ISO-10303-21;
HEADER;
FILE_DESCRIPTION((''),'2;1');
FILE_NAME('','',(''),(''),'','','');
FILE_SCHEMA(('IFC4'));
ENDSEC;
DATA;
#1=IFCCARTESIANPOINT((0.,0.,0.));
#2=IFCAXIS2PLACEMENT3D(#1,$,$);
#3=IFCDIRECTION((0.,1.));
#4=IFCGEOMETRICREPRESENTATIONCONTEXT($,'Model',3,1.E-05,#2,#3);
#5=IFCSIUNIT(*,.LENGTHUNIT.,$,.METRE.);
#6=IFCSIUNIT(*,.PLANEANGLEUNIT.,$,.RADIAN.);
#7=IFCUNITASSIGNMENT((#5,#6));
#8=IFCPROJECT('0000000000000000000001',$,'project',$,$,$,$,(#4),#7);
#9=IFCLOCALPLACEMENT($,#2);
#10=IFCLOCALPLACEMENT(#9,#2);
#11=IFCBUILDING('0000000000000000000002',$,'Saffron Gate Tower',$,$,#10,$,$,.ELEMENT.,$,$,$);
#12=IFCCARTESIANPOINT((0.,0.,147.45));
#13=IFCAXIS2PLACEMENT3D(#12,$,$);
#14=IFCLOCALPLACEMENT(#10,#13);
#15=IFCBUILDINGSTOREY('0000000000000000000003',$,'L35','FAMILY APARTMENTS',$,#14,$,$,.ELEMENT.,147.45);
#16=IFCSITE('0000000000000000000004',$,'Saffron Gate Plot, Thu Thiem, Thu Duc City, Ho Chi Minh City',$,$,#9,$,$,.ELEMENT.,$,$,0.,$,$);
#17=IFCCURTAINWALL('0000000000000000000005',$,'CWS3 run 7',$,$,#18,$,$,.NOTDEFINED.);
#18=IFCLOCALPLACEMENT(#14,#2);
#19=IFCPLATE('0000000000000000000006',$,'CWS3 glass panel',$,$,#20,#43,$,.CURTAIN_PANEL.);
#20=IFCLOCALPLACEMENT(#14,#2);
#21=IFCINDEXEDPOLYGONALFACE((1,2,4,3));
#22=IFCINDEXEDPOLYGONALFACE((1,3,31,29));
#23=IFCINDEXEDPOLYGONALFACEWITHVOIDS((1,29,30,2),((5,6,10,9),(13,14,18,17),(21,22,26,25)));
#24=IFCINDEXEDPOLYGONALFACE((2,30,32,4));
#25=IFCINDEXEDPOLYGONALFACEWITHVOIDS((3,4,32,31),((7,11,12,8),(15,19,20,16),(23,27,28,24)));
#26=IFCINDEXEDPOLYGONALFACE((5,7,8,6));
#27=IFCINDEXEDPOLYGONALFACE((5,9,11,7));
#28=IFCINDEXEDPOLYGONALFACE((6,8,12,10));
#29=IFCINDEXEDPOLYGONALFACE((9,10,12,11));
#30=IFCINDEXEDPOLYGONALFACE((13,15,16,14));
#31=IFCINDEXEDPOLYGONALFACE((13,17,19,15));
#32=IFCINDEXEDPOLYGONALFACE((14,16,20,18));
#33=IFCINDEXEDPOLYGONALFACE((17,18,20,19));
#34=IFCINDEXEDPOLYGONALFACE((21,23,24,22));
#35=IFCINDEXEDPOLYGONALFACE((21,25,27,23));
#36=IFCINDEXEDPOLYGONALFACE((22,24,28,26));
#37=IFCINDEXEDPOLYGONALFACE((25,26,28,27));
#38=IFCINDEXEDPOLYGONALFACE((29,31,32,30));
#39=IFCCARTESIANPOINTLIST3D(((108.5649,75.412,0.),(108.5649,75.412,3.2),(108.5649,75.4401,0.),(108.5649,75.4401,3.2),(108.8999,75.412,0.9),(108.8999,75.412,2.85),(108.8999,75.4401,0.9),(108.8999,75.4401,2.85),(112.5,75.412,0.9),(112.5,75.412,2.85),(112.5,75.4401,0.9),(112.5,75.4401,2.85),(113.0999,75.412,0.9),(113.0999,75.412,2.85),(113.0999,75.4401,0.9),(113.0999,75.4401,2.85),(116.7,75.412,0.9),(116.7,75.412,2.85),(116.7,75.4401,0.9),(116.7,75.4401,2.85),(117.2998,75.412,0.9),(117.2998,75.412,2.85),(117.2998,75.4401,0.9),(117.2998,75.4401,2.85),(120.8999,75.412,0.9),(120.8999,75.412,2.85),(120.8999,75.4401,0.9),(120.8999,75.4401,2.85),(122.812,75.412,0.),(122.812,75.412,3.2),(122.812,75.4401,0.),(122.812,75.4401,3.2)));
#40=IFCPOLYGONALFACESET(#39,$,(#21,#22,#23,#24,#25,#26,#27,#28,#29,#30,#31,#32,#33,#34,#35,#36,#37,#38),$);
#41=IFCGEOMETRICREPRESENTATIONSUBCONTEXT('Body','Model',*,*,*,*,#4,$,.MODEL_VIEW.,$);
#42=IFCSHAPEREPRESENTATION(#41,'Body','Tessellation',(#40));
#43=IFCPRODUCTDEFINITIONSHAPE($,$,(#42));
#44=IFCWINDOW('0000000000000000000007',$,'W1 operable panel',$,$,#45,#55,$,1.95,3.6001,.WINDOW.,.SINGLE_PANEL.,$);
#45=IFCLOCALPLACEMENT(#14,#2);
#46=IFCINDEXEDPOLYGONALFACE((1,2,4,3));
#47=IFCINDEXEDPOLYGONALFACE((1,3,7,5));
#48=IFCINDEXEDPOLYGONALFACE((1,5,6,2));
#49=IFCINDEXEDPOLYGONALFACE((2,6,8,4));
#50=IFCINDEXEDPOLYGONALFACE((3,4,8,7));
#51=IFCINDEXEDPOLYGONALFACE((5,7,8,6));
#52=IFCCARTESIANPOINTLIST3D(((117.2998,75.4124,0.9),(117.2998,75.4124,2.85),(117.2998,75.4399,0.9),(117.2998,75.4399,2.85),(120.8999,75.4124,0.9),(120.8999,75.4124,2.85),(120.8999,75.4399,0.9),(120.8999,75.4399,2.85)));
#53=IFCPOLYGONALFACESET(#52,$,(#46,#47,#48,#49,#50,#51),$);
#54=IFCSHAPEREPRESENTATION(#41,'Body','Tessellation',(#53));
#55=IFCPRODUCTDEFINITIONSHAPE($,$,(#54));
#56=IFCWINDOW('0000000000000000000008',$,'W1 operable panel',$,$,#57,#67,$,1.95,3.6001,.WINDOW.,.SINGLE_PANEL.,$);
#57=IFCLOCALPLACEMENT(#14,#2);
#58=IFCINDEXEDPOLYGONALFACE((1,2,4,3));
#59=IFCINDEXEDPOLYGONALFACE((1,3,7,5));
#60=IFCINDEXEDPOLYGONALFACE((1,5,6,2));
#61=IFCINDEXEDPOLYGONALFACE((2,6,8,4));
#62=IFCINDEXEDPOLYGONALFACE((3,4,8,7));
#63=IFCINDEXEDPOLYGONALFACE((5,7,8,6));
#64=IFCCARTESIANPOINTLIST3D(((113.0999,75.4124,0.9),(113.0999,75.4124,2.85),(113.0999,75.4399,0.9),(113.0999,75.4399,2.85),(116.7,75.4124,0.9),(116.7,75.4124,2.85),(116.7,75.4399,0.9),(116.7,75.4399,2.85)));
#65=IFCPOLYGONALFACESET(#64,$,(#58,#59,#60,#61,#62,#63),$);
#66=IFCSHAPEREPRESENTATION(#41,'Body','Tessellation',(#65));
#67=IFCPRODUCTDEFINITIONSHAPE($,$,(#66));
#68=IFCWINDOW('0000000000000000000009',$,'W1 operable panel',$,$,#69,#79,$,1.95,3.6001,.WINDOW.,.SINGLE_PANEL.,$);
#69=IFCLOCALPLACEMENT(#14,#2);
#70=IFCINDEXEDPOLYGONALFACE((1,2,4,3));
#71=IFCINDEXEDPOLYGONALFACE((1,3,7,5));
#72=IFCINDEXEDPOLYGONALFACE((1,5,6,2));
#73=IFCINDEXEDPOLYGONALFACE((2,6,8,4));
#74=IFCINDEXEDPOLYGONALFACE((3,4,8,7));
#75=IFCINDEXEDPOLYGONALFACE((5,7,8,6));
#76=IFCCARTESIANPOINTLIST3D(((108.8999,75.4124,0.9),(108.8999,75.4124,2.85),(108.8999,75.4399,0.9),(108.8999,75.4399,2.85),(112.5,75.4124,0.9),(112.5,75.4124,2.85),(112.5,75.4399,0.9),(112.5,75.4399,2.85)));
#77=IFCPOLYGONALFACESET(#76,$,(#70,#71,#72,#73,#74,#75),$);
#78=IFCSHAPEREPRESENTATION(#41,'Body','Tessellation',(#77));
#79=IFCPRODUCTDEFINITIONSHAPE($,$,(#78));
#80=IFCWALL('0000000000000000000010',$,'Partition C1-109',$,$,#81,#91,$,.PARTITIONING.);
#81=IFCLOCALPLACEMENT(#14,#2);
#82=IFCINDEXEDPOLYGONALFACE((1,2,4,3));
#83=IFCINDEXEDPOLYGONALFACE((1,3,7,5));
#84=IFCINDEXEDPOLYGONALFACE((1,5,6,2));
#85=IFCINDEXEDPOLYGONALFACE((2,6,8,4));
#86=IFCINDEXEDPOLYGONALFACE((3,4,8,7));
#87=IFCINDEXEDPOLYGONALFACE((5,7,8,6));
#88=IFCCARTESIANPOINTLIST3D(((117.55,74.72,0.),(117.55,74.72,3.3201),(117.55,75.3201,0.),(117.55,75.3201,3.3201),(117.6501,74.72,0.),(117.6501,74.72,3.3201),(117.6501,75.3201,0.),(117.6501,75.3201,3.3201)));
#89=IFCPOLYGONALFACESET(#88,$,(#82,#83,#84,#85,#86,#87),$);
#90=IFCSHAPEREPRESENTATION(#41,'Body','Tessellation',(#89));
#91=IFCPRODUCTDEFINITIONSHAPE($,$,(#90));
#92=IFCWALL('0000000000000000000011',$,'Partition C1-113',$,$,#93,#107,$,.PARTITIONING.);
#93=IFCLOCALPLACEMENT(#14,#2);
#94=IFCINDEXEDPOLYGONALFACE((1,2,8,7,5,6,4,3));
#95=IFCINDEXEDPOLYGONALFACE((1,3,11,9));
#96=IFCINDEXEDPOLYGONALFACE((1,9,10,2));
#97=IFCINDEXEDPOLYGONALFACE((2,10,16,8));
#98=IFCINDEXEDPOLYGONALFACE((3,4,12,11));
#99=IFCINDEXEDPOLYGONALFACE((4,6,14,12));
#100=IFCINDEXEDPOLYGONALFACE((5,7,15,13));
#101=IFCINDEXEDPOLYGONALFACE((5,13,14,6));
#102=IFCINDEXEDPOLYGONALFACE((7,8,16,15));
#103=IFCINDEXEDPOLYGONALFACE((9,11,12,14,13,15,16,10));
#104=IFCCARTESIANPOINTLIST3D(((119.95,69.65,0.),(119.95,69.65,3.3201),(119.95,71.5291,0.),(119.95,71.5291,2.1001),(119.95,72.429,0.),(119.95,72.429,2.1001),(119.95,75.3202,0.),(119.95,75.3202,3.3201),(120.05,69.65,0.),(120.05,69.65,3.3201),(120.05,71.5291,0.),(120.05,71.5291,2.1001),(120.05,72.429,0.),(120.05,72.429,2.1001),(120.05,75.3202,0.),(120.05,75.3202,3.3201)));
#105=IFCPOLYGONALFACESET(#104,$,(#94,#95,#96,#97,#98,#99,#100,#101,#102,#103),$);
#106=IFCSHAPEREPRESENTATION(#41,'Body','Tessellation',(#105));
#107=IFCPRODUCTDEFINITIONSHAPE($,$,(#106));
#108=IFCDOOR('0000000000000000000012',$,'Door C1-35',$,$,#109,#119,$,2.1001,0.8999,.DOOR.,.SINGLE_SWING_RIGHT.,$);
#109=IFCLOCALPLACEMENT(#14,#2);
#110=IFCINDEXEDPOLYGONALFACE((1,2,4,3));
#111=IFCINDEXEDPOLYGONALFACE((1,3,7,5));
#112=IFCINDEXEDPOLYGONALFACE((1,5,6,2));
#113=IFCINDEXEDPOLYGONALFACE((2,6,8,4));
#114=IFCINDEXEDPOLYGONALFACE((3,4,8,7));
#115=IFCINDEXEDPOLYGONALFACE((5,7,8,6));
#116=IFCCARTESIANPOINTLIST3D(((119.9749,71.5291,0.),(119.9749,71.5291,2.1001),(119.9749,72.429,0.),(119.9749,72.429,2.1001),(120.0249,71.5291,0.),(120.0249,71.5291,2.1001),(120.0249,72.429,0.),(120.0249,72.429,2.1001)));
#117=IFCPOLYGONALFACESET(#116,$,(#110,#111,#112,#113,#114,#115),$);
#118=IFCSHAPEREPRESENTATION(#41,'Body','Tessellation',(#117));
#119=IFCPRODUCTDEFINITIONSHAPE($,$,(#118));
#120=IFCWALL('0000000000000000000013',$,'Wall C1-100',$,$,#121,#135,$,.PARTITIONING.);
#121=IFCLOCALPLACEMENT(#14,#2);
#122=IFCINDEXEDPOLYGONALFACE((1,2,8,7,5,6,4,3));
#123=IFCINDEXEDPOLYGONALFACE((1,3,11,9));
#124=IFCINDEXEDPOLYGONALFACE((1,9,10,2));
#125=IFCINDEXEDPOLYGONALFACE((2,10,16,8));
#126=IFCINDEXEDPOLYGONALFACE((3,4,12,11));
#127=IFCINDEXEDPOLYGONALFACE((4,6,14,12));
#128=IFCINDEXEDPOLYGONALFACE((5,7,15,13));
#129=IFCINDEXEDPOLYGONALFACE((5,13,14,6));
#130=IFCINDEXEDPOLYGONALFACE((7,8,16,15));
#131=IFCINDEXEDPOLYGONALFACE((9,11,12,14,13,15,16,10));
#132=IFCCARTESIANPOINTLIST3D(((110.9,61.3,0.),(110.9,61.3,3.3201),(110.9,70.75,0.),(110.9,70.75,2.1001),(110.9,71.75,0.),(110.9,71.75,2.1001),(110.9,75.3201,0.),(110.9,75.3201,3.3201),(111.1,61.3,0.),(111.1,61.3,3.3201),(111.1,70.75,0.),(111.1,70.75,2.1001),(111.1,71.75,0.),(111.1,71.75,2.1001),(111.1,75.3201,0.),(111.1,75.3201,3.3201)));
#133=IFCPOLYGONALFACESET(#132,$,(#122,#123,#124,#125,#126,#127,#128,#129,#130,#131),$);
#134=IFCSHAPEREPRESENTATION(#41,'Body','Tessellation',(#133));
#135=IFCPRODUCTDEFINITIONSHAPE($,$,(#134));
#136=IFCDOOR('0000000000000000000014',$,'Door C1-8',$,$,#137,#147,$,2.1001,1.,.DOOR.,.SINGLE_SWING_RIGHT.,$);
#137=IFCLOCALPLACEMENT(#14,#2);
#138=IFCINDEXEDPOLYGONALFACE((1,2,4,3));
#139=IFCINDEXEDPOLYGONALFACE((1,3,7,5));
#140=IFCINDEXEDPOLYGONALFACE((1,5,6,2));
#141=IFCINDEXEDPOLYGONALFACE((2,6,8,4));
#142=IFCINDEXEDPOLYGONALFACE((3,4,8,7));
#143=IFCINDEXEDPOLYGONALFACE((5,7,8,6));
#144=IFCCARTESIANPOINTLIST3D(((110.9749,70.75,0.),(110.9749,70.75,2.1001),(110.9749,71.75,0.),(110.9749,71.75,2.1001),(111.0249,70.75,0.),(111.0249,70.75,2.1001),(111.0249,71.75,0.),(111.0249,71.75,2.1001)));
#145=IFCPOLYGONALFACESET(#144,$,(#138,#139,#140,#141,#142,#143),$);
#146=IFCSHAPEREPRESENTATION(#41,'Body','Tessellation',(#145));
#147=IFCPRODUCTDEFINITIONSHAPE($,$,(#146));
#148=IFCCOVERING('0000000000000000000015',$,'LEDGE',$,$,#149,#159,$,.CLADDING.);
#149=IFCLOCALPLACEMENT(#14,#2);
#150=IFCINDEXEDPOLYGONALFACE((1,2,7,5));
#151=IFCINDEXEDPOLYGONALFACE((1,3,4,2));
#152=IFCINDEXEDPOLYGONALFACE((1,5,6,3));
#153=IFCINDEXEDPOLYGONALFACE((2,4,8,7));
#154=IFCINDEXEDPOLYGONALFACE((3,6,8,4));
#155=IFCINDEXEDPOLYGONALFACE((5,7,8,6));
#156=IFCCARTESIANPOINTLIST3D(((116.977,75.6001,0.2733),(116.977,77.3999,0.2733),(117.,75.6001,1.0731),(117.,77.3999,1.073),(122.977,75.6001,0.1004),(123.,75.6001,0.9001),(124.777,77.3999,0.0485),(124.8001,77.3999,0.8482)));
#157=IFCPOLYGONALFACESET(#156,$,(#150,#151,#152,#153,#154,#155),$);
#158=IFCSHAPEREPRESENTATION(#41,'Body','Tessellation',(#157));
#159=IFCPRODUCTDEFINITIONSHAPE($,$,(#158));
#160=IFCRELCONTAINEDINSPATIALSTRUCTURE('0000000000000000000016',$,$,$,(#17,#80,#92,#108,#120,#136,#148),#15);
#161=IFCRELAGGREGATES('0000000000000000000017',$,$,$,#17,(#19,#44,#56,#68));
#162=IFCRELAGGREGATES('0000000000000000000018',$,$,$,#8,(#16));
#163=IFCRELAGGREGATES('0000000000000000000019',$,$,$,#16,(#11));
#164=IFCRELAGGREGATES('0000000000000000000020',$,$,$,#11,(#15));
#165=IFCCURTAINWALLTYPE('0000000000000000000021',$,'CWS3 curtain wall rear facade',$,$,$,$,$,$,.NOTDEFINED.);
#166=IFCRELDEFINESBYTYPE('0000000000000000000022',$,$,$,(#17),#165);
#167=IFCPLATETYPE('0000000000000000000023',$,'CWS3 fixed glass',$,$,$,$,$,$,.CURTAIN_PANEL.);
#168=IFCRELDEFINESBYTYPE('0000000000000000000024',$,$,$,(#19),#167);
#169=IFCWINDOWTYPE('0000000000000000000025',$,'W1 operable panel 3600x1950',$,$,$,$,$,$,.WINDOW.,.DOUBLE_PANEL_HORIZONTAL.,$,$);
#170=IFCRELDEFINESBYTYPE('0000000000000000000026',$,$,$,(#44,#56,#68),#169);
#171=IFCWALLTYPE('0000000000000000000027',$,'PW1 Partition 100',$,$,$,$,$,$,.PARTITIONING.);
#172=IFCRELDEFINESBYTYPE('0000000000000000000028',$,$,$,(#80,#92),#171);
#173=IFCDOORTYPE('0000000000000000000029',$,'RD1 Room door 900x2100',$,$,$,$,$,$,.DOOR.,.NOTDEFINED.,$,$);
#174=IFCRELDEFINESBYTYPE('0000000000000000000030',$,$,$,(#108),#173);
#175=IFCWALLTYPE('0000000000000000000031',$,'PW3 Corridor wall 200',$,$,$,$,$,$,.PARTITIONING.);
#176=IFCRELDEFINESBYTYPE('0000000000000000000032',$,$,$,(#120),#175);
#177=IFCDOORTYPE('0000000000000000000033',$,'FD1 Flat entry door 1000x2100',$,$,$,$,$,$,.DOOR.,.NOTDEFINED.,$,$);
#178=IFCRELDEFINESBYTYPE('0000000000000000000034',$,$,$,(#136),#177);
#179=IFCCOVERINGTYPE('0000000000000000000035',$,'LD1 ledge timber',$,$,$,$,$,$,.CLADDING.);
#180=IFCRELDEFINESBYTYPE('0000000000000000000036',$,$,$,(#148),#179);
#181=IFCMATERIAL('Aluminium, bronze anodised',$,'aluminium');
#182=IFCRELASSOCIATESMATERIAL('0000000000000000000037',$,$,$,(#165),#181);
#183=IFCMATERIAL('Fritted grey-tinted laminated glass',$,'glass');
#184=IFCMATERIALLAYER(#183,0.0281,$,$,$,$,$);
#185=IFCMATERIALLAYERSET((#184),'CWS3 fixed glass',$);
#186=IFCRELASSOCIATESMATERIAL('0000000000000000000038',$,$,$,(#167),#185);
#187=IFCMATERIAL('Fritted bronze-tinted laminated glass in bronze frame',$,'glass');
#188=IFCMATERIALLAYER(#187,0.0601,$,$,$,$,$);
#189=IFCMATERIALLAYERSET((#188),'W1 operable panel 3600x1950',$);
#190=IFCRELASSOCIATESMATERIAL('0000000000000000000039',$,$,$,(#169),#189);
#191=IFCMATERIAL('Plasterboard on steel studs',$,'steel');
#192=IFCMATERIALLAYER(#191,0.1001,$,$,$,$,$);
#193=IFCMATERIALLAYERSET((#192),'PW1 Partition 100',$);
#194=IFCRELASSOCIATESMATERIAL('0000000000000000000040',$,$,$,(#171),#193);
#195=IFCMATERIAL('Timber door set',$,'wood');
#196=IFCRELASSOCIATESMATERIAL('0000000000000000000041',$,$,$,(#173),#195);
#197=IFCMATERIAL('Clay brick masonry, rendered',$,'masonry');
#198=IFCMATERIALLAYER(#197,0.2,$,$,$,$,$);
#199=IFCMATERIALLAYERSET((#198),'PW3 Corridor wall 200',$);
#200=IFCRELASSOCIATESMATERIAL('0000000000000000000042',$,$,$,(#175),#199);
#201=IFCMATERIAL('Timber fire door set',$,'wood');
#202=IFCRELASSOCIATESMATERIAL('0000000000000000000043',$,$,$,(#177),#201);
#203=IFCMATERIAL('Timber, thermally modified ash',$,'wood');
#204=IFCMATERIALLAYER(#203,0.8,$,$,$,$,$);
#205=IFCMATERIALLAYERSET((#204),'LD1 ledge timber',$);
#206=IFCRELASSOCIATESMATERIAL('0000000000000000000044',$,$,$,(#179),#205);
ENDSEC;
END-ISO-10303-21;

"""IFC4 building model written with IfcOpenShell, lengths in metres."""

from ifc_helpers import new_model, si_unit, direction, frame, frame_2d, origin, place, context, subcontext, project, spatial, polyline, rectangle, outline, extrude, material, layer, layer_set, type_object, element, fill, aggregate, save


model = new_model("IFC4")

# Units and contexts
model_context = context("Model", 3, precision=1e-05, world=origin(), true_north=direction((0.0, 1.0)))
body_context = subcontext(model_context, "Body", "Model", "MODEL_VIEW")
ifc_project = project(units=[si_unit("LENGTHUNIT", "METRE"), si_unit("PLANEANGLEUNIT", "RADIAN")], contexts=[model_context])

# Site, building, storey
site_placement = place(None, origin())
site = spatial("IfcSite", under=ifc_project, at=site_placement, Name="Saffron Gate Plot, Thu Thiem, Thu Duc City, Ho Chi Minh City", CompositionType="ELEMENT", RefElevation=0.0)
building_placement = place(site_placement, origin())
building = spatial("IfcBuilding", under=site, at=building_placement, Name="Saffron Gate Tower", CompositionType="ELEMENT")
storey_placement = place(building_placement, frame((0.0, 0.0, 147.45)))
storey = spatial("IfcBuildingStorey", under=building, at=storey_placement, Name="L35", Description="FAMILY APARTMENTS", CompositionType="ELEMENT", Elevation=147.45)

# Curtain wall
ifc_material_1 = material(Name="Aluminium, bronze anodised", Category="aluminium")
curtain_wall_type_1 = type_object("IfcCurtainWallType", Name="CWS3 curtain wall rear facade", PredefinedType="NOTDEFINED", material=ifc_material_1)
curtain_wall_1_placement = place(storey_placement, origin())
curtain_wall_1 = element("IfcCurtainWall", 1, at=curtain_wall_1_placement, inside=storey, type_object=curtain_wall_type_1, Name="CWS3 run 7", PredefinedType="NOTDEFINED")

# Plate, openings, windows
ifc_material_2 = material(Name="Fritted grey-tinted laminated glass", Category="glass")
ifc_layer_1 = layer(ifc_material_2, 0.0281)
ifc_layer_set_1 = layer_set([ifc_layer_1], Name="CWS3 fixed glass")
plate_type = type_object("IfcPlateType", Name="CWS3 fixed glass", PredefinedType="CURTAIN_PANEL", material=ifc_layer_set_1)
plate_placement = place(storey_placement, frame((122.812, 75.426, 0.0), z_axis=(0.0, 0.0, 1.0), x_axis=(-1.0, 0.0, 0.0)))
plate = element("IfcPlate", 2, at=plate_placement, type_object=plate_type, Name="CWS3 glass panel", PredefinedType="CURTAIN_PANEL", context=body_context, shape_type="SweptSolid", body=[
    extrude(rectangle(XDim=14.2471, YDim=0.0281, at=frame_2d((7.1235, 0.0))), origin(), (0.0, 0.0, 1.0), 3.2),
])
opening_1_placement = place(plate_placement, frame((1.9121, 0.0, 0.8999)))
opening_1 = element("IfcOpeningElement", 3, at=opening_1_placement, cuts=plate, PredefinedType="OPENING", context=body_context, shape_type="SweptSolid", body=[
    extrude(rectangle(XDim=3.6001, YDim=1.95, at=frame_2d((1.8, 0.9751))), frame((0.0, 0.0239, 0.0), z_axis=(0.0, -1.0, 0.0), x_axis=(1.0, 0.0, 0.0)), (0.0, 0.0, 1.0), 0.0481),
])
opening_2_placement = place(plate_placement, frame((6.1121, 0.0, 0.8999)))
opening_2 = element("IfcOpeningElement", 4, at=opening_2_placement, cuts=plate, PredefinedType="OPENING", context=body_context, shape_type="SweptSolid", body=[
    extrude(rectangle(XDim=3.6001, YDim=1.95, at=frame_2d((1.8, 0.9751))), frame((0.0, 0.0239, 0.0), z_axis=(0.0, -1.0, 0.0), x_axis=(1.0, 0.0, 0.0)), (0.0, 0.0, 1.0), 0.0481),
])
opening_3_placement = place(plate_placement, frame((10.312, 0.0, 0.8999)))
opening_3 = element("IfcOpeningElement", 5, at=opening_3_placement, cuts=plate, PredefinedType="OPENING", context=body_context, shape_type="SweptSolid", body=[
    extrude(rectangle(XDim=3.6001, YDim=1.95, at=frame_2d((1.8, 0.9751))), frame((0.0, 0.0239, 0.0), z_axis=(0.0, -1.0, 0.0), x_axis=(1.0, 0.0, 0.0)), (0.0, 0.0, 1.0), 0.0481),
])
ifc_material_3 = material(Name="Fritted bronze-tinted laminated glass in bronze frame", Category="glass")
ifc_layer_2 = layer(ifc_material_3, 0.0601)
ifc_layer_set_2 = layer_set([ifc_layer_2], Name="W1 operable panel 3600x1950")
window_type = type_object("IfcWindowType", Name="W1 operable panel 3600x1950", PartitioningType="DOUBLE_PANEL_HORIZONTAL", PredefinedType="WINDOW", material=ifc_layer_set_2)
window_1_placement = place(opening_1_placement, origin())
window_1 = element("IfcWindow", 6, at=window_1_placement, type_object=window_type, Name="W1 operable panel", OverallHeight=1.95, OverallWidth=3.6001, PartitioningType="SINGLE_PANEL", PredefinedType="WINDOW", context=body_context, shape_type="SweptSolid", body=[
    extrude(rectangle(XDim=3.6001, YDim=1.95, at=frame_2d((1.8, 0.9751))), frame((0.0, 0.0137, 0.0), z_axis=(0.0, -1.0, 0.0), x_axis=(1.0, 0.0, 0.0)), (0.0, 0.0, 1.0), 0.0276),
])
fill(opening_1, window_1)
window_2_placement = place(opening_2_placement, origin())
window_2 = element("IfcWindow", 7, at=window_2_placement, type_object=window_type, Name="W1 operable panel", OverallHeight=1.95, OverallWidth=3.6001, PartitioningType="SINGLE_PANEL", PredefinedType="WINDOW", context=body_context, shape_type="SweptSolid", body=[
    extrude(rectangle(XDim=3.6001, YDim=1.95, at=frame_2d((1.8, 0.9751))), frame((0.0, 0.0137, 0.0), z_axis=(0.0, -1.0, 0.0), x_axis=(1.0, 0.0, 0.0)), (0.0, 0.0, 1.0), 0.0276),
])
fill(opening_2, window_2)
window_3_placement = place(opening_3_placement, origin())
window_3 = element("IfcWindow", 8, at=window_3_placement, type_object=window_type, Name="W1 operable panel", OverallHeight=1.95, OverallWidth=3.6001, PartitioningType="SINGLE_PANEL", PredefinedType="WINDOW", context=body_context, shape_type="SweptSolid", body=[
    extrude(rectangle(XDim=3.6001, YDim=1.95, at=frame_2d((1.8, 0.9751))), frame((0.0, 0.0137, 0.0), z_axis=(0.0, -1.0, 0.0), x_axis=(1.0, 0.0, 0.0)), (0.0, 0.0, 1.0), 0.0276),
])
fill(opening_3, window_3)
aggregate(curtain_wall_1, [plate, window_1, window_2, window_3])

# Wall
ifc_material_4 = material(Name="Plasterboard on steel studs", Category="steel")
ifc_layer_3 = layer(ifc_material_4, 0.1001)
ifc_layer_set_3 = layer_set([ifc_layer_3], Name="PW1 Partition 100")
wall_type_1 = type_object("IfcWallType", Name="PW1 Partition 100", PredefinedType="PARTITIONING", material=ifc_layer_set_3)
wall_1_placement = place(storey_placement, frame((117.6001, 75.3201, 0.0), z_axis=(0.0, 0.0, 1.0), x_axis=(0.0, -1.0, 0.0)))
element("IfcWall", 9, at=wall_1_placement, inside=storey, type_object=wall_type_1, Name="Partition C1-109", PredefinedType="PARTITIONING", context=body_context, shape_type="SweptSolid", body=[
    extrude(rectangle(XDim=0.6001, YDim=0.1001, at=frame_2d((0.3, 0.0))), origin(), (0.0, 0.0, 1.0), 3.3201),
])

# Walls, openings, doors
wall_2_placement = place(storey_placement, frame((120.0, 75.3201, 0.0), z_axis=(0.0, 0.0, 1.0), x_axis=(0.0, -1.0, 0.0)))
wall_2 = element("IfcWall", 10, at=wall_2_placement, inside=storey, type_object=wall_type_1, Name="Partition C1-113", PredefinedType="PARTITIONING", context=body_context, shape_type="SweptSolid", body=[
    extrude(rectangle(XDim=5.6702, YDim=0.1001, at=frame_2d((2.835, 0.0))), origin(), (0.0, 0.0, 1.0), 3.3201),
])
opening_4_placement = place(wall_2_placement, frame((2.8911, 0.0, 0.0)))
opening_4 = element("IfcOpeningElement", 11, at=opening_4_placement, cuts=wall_2, PredefinedType="OPENING", context=body_context, shape_type="SweptSolid", body=[
    extrude(rectangle(XDim=0.8999, YDim=2.1001, at=frame_2d((0.45, 1.05))), frame((0.0, 0.0601, 0.0), z_axis=(0.0, -1.0, 0.0), x_axis=(1.0, 0.0, 0.0)), (0.0, 0.0, 1.0), 0.1201),
])
ifc_material_5 = material(Name="Timber door set", Category="wood")
door_type_1 = type_object("IfcDoorType", Name="RD1 Room door 900x2100", OperationType="NOTDEFINED", PredefinedType="DOOR", material=ifc_material_5)
door_1_placement = place(opening_4_placement, origin())
door_1 = element("IfcDoor", 12, at=door_1_placement, inside=storey, type_object=door_type_1, Name="Door C1-35", OperationType="SINGLE_SWING_RIGHT", OverallHeight=2.1001, OverallWidth=0.8999, PredefinedType="DOOR", context=body_context, shape_type="SweptSolid", body=[
    extrude(rectangle(XDim=0.8999, YDim=2.1001, at=frame_2d((0.45, 1.05))), frame((0.0, 0.0249, 0.0), z_axis=(0.0, -1.0, 0.0), x_axis=(1.0, 0.0, 0.0)), (0.0, 0.0, 1.0), 0.05),
])
fill(opening_4, door_1)
ifc_material_6 = material(Name="Clay brick masonry, rendered", Category="masonry")
ifc_layer_4 = layer(ifc_material_6, 0.2)
ifc_layer_set_4 = layer_set([ifc_layer_4], Name="PW3 Corridor wall 200")
wall_type_2 = type_object("IfcWallType", Name="PW3 Corridor wall 200", PredefinedType="PARTITIONING", material=ifc_layer_set_4)
wall_3_placement = place(storey_placement, frame((111.0, 75.3201, 0.0), z_axis=(0.0, 0.0, 1.0), x_axis=(0.0, -1.0, 0.0)))
wall_3 = element("IfcWall", 13, at=wall_3_placement, inside=storey, type_object=wall_type_2, Name="Wall C1-100", PredefinedType="PARTITIONING", context=body_context, shape_type="SweptSolid", body=[
    extrude(rectangle(XDim=14.02, YDim=0.2, at=frame_2d((7.01, 0.0))), origin(), (0.0, 0.0, 1.0), 3.3201),
])
opening_5_placement = place(wall_3_placement, frame((3.5701, 0.0, 0.0)))
opening_5 = element("IfcOpeningElement", 14, at=opening_5_placement, cuts=wall_3, PredefinedType="OPENING", context=body_context, shape_type="SweptSolid", body=[
    extrude(rectangle(XDim=1.0, YDim=2.1001, at=frame_2d((0.5, 1.05))), frame((0.0, 0.1099, 0.0), z_axis=(0.0, -1.0, 0.0), x_axis=(1.0, 0.0, 0.0)), (0.0, 0.0, 1.0), 0.22),
])
ifc_material_7 = material(Name="Timber fire door set", Category="wood")
door_type_2 = type_object("IfcDoorType", Name="FD1 Flat entry door 1000x2100", OperationType="NOTDEFINED", PredefinedType="DOOR", material=ifc_material_7)
door_2_placement = place(opening_5_placement, origin())
door_2 = element("IfcDoor", 15, at=door_2_placement, inside=storey, type_object=door_type_2, Name="Door C1-8", OperationType="SINGLE_SWING_RIGHT", OverallHeight=2.1001, OverallWidth=1.0, PredefinedType="DOOR", context=body_context, shape_type="SweptSolid", body=[
    extrude(rectangle(XDim=1.0, YDim=2.1001, at=frame_2d((0.5, 1.05))), frame((0.0, 0.0249, 0.0), z_axis=(0.0, -1.0, 0.0), x_axis=(1.0, 0.0, 0.0)), (0.0, 0.0, 1.0), 0.05),
])
fill(opening_5, door_2)

# Covering
ifc_material_8 = material(Name="Timber, thermally modified ash", Category="wood")
ifc_layer_5 = layer(ifc_material_8, 0.8)
ifc_layer_set_5 = layer_set([ifc_layer_5], Name="LD1 ledge timber")
covering_type_1 = type_object("IfcCoveringType", Name="LD1 ledge timber", PredefinedType="CLADDING", material=ifc_layer_set_5)
covering_1_placement = place(storey_placement, frame((123.0, 75.6001, 0.9001), z_axis=(0.028807, 0.000035, 0.999585), x_axis=(-0.999585, 0.0, 0.028807)))
element("IfcCovering", 16, at=covering_1_placement, inside=storey, type_object=covering_type_1, Name="LEDGE", PredefinedType="CLADDING", context=body_context, shape_type="SweptSolid", body=[
    extrude(outline(polyline([(0.0, 0.0), (6.0025, 0.0), (6.0025, -1.7998), (-1.8008, -1.7998), (0.0, 0.0)])), origin(), (0.0, 0.0, -1.0), 0.8),
])

save(model, "model.ifc")
